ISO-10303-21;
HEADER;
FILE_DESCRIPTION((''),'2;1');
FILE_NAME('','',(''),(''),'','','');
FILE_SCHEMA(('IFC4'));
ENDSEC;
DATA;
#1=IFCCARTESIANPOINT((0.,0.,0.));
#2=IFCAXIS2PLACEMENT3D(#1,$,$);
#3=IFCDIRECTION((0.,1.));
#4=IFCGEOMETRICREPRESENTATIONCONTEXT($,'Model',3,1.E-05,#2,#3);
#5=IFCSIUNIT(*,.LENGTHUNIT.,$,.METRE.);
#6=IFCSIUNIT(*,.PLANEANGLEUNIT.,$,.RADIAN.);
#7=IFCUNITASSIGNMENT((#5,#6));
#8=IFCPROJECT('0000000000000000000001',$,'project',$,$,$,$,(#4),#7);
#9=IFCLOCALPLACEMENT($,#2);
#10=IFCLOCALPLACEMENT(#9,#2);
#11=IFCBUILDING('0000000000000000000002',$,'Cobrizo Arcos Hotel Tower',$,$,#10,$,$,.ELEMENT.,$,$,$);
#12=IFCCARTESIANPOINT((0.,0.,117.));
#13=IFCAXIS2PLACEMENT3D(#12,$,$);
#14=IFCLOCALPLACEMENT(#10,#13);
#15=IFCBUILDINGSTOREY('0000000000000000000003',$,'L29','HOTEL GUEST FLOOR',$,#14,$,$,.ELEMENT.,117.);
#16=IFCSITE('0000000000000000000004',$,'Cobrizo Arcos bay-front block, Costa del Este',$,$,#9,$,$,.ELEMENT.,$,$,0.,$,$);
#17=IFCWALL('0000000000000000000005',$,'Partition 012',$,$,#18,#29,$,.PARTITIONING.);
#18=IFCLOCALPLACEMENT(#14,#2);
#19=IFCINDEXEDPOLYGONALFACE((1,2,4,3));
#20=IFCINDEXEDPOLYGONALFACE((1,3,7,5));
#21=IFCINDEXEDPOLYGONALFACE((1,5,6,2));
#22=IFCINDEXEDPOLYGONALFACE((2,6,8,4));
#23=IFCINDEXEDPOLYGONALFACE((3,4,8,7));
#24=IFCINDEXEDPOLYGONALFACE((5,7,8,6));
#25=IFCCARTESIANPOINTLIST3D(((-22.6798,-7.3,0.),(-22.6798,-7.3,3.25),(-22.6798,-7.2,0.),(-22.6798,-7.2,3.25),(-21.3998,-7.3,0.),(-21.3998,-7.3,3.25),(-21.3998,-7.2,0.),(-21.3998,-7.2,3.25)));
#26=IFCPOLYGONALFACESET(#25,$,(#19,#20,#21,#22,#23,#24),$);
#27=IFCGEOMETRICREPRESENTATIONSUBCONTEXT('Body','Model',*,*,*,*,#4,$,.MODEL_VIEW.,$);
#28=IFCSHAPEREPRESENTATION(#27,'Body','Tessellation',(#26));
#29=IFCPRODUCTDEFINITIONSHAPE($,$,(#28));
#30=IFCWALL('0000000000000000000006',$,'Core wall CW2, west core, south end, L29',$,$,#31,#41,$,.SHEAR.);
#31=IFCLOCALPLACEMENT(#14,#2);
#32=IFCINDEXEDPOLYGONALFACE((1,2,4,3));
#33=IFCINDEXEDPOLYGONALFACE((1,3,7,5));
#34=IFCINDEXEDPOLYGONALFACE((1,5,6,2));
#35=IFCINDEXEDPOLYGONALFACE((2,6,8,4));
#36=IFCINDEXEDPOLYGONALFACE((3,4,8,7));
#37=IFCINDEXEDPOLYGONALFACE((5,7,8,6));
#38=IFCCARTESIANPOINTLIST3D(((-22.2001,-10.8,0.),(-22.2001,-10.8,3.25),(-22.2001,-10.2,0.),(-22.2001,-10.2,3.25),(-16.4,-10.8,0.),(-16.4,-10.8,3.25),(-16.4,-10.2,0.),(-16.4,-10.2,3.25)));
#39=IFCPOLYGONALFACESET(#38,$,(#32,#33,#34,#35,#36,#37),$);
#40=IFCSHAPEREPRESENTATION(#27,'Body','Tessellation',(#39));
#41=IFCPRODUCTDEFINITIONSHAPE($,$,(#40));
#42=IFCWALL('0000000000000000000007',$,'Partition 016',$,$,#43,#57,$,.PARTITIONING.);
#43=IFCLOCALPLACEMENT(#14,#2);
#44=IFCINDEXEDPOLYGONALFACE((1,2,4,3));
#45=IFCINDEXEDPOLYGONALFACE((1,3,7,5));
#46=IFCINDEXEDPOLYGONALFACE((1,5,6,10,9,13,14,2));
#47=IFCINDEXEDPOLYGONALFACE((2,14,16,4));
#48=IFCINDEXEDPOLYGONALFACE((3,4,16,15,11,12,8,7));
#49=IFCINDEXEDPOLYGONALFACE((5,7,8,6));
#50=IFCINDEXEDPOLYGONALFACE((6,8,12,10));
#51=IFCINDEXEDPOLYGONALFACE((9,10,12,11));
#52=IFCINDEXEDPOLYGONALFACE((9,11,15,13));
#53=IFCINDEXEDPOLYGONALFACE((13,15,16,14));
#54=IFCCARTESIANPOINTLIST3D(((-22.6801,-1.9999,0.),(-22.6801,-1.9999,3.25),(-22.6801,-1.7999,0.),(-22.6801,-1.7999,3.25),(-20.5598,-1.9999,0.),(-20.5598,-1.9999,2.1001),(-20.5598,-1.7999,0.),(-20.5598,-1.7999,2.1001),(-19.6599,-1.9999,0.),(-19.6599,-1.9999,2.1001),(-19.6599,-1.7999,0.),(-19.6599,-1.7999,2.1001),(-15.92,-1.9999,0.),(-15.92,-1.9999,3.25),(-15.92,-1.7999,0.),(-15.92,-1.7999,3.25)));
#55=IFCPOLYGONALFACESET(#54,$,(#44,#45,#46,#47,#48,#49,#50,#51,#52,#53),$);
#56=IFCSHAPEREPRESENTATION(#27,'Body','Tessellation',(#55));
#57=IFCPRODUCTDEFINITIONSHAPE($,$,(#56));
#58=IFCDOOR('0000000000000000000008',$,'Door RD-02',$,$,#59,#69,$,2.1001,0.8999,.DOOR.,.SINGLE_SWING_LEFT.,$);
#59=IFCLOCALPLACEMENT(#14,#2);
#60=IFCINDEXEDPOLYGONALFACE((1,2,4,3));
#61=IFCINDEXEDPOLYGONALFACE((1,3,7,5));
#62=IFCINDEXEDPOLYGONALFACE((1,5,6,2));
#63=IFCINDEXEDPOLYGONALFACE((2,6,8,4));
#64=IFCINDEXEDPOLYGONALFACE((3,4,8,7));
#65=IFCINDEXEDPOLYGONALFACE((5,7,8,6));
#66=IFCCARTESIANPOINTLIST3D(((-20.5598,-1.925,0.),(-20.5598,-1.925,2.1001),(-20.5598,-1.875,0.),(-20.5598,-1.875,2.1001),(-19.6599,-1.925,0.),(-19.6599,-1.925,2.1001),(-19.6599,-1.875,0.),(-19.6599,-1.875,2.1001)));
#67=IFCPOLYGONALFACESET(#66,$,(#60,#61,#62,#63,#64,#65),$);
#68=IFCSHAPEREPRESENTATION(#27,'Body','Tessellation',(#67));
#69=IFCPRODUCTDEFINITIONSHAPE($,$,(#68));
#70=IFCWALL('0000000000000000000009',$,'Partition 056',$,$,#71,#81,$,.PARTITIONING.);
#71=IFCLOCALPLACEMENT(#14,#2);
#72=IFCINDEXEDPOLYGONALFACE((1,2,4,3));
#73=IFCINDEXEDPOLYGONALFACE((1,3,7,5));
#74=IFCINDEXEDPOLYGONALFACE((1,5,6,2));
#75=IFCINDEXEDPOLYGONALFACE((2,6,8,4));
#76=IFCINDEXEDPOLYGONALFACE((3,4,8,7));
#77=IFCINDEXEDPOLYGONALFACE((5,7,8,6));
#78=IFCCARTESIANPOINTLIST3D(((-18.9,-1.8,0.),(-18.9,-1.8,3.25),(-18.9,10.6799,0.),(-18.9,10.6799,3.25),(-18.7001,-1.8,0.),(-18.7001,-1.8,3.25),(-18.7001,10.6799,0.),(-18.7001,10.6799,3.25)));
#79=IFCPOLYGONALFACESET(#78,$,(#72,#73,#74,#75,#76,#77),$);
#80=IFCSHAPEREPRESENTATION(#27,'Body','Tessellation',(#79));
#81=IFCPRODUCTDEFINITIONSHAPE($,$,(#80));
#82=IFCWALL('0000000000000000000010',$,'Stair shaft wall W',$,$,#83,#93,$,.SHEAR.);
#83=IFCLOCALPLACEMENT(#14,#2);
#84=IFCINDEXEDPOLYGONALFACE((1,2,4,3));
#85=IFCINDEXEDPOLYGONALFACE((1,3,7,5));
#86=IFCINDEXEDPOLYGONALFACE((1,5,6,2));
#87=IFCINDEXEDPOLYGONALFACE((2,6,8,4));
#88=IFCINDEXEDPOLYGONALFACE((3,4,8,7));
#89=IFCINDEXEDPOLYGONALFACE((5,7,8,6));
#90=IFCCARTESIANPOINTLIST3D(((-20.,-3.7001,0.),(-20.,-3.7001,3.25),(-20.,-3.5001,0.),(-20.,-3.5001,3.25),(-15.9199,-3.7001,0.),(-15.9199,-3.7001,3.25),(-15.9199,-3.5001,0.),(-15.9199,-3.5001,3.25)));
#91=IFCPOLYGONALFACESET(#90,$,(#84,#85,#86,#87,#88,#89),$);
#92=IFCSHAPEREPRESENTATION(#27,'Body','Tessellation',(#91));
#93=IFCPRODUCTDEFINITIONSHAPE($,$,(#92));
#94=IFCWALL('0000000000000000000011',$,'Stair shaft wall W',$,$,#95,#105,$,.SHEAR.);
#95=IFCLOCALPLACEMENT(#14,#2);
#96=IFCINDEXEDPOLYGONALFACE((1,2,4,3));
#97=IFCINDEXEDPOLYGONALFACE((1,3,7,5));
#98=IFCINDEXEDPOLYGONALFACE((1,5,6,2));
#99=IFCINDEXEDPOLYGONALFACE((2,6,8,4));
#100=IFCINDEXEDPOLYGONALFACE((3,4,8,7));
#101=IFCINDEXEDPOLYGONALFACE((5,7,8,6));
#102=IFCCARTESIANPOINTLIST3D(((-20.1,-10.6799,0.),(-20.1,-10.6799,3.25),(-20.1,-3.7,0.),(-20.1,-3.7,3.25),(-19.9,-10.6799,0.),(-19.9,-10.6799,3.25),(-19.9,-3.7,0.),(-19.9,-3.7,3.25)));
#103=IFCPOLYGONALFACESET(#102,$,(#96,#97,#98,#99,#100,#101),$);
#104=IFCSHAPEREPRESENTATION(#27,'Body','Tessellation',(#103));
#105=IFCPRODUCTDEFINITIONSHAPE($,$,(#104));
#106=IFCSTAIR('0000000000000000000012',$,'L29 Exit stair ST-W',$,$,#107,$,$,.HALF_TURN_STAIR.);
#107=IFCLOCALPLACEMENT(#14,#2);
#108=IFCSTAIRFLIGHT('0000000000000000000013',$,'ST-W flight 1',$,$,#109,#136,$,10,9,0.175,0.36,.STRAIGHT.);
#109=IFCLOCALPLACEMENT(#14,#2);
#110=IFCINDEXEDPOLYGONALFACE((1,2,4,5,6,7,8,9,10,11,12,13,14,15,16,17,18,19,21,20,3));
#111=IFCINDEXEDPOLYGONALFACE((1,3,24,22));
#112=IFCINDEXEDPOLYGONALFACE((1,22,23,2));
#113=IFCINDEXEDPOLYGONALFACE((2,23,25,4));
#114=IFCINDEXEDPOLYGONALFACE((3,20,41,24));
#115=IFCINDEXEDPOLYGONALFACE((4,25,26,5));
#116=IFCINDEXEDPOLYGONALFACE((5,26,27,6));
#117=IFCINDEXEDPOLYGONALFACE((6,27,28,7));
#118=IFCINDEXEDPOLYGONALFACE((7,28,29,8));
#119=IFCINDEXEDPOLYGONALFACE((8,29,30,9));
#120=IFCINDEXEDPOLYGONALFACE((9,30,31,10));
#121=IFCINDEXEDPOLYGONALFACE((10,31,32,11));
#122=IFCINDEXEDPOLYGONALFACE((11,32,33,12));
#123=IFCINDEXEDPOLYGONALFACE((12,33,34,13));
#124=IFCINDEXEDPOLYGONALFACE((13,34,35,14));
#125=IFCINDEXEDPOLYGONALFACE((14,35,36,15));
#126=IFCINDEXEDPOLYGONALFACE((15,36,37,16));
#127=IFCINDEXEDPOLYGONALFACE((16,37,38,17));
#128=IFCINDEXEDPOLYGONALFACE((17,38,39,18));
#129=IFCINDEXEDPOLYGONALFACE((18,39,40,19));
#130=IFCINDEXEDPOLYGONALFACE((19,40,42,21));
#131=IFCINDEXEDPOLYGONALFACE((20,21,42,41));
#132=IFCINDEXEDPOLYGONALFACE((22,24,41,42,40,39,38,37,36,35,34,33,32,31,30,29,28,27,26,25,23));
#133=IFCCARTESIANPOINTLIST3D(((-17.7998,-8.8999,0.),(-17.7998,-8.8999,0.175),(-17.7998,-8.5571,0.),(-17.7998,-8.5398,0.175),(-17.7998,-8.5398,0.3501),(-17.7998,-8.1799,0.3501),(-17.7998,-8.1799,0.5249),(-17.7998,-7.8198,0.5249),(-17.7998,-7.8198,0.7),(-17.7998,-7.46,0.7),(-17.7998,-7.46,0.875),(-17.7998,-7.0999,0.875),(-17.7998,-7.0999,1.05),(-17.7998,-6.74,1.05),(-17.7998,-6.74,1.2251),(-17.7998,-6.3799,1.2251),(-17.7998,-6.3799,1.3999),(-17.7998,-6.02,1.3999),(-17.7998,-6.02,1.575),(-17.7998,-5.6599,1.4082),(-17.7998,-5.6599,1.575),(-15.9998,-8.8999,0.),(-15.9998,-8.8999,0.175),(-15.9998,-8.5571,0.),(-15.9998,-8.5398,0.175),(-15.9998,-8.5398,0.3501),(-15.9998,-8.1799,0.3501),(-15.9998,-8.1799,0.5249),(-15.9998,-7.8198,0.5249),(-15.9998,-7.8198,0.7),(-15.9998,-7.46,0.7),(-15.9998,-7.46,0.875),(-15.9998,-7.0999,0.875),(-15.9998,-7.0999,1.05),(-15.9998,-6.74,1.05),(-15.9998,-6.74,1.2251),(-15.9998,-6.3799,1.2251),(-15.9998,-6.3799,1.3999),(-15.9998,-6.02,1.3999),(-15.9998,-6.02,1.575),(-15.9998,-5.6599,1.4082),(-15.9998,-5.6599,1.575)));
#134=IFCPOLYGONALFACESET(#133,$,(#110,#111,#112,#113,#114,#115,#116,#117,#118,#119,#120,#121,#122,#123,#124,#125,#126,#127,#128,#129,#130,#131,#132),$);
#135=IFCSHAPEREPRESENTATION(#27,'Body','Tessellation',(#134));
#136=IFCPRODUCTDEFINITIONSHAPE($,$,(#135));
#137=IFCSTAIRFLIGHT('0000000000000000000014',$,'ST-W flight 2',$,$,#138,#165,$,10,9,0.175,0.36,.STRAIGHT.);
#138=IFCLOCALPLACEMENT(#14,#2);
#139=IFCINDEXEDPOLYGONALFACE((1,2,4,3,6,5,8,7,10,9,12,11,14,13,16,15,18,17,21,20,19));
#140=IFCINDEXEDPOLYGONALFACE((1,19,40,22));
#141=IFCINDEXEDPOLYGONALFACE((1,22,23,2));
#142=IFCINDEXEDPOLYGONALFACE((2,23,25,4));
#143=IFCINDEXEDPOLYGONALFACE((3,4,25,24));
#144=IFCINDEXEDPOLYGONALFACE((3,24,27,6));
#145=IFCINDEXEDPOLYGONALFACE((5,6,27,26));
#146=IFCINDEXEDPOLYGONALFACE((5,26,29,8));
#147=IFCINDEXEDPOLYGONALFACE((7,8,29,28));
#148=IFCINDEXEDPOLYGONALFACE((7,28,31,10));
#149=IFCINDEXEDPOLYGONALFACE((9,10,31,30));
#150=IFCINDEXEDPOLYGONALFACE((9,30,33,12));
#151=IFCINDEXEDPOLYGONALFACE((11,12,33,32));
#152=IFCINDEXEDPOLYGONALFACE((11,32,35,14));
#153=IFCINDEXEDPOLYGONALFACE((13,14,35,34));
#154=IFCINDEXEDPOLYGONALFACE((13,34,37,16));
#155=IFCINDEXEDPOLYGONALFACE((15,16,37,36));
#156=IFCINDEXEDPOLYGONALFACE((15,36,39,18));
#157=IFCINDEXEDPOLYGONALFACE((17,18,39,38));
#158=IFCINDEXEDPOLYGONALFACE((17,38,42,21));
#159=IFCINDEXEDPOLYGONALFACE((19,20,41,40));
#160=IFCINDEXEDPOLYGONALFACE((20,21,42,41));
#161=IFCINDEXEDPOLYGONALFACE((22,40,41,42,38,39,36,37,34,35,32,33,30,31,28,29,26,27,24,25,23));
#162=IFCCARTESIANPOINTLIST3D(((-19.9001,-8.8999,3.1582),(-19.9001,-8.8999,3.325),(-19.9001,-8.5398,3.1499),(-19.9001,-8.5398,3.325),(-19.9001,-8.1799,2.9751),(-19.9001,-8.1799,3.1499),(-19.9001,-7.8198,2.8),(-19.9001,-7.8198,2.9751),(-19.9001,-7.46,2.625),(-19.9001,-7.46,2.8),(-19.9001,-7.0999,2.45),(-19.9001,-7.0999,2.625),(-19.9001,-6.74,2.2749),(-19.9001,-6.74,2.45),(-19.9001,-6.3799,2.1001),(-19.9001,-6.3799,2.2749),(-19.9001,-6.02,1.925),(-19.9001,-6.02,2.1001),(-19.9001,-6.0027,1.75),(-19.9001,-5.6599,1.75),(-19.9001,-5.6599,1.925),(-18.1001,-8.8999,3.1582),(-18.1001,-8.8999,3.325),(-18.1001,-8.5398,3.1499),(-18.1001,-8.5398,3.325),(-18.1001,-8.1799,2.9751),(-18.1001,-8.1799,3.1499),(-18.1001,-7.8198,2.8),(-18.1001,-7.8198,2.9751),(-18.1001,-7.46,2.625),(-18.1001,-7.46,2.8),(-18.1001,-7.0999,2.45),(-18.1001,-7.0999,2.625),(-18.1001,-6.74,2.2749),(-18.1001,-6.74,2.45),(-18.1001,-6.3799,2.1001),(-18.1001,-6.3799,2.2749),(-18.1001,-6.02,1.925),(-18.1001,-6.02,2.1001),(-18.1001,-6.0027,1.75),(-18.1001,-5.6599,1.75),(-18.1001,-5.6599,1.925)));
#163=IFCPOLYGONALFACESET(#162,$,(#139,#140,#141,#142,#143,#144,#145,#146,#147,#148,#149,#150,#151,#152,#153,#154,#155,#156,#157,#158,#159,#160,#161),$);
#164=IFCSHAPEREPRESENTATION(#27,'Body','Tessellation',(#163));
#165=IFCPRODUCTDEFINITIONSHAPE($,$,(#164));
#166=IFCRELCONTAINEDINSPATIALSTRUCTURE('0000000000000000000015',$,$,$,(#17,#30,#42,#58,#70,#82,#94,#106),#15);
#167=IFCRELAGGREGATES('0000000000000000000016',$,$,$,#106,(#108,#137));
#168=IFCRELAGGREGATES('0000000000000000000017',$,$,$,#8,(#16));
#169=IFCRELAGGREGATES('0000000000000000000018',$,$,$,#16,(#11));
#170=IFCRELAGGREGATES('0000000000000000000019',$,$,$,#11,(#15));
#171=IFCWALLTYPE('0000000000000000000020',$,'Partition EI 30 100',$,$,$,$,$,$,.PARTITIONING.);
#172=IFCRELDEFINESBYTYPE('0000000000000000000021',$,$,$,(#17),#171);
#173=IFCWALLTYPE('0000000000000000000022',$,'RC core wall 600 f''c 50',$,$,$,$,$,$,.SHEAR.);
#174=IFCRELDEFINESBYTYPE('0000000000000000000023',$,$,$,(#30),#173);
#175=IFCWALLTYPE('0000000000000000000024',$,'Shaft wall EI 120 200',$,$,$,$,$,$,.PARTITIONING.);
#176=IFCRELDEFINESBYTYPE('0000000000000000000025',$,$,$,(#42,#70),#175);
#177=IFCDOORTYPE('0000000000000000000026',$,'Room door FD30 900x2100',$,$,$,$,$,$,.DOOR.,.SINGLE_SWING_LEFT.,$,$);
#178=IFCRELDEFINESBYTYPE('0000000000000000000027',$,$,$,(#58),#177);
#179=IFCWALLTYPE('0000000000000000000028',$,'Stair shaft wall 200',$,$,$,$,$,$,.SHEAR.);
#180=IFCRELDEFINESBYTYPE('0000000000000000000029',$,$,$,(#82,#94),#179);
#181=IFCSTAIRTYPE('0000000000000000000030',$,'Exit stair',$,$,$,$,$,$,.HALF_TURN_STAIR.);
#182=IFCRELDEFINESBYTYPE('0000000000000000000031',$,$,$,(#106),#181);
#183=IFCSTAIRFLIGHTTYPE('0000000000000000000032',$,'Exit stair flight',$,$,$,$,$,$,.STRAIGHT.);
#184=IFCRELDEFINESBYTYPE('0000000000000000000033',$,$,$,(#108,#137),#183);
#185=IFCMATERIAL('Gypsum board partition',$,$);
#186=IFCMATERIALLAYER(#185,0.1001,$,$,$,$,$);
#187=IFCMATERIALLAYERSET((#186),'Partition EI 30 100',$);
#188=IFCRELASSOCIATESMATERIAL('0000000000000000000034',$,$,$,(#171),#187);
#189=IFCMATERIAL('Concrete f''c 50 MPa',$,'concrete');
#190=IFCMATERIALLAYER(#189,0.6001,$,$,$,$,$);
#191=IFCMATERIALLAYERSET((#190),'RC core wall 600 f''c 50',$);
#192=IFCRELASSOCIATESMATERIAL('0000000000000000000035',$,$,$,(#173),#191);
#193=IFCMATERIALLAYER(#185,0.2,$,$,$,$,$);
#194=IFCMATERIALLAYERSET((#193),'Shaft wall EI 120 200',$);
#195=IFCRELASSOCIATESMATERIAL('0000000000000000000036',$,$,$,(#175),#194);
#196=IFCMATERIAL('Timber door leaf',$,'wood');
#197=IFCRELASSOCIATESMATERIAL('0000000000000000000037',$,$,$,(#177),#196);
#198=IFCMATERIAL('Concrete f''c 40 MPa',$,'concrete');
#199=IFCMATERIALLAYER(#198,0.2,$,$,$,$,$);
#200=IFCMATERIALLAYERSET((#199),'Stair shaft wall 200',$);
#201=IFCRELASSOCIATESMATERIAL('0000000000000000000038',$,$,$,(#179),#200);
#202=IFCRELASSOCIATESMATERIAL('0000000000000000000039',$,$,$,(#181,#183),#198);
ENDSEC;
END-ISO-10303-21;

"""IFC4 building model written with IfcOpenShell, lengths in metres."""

from ifc_helpers import new_model, si_unit, direction, frame, frame_2d, origin, place, context, subcontext, project, spatial, polyline, rectangle, outline, extrude, material, layer, layer_set, type_object, element, fill, aggregate, save


model = new_model("IFC4")

# Units and contexts
model_context = context("Model", 3, precision=1e-05, world=origin(), true_north=direction((0.0, 1.0)))
body_context = subcontext(model_context, "Body", "Model", "MODEL_VIEW")
ifc_project = project(units=[si_unit("LENGTHUNIT", "METRE"), si_unit("PLANEANGLEUNIT", "RADIAN")], contexts=[model_context])

# Site, building, storey
site_placement = place(None, origin())
site = spatial("IfcSite", under=ifc_project, at=site_placement, Name="Cobrizo Arcos bay-front block, Costa del Este", CompositionType="ELEMENT", RefElevation=0.0)
building_placement = place(site_placement, origin())
building = spatial("IfcBuilding", under=site, at=building_placement, Name="Cobrizo Arcos Hotel Tower", CompositionType="ELEMENT")
storey_placement = place(building_placement, frame((0.0, 0.0, 117.0)))
storey = spatial("IfcBuildingStorey", under=building, at=storey_placement, Name="L29", Description="HOTEL GUEST FLOOR", CompositionType="ELEMENT", Elevation=117.0)

# Walls
ifc_material_1 = material(Name="Gypsum board partition")
ifc_layer_1 = layer(ifc_material_1, 0.1001)
ifc_layer_set_1 = layer_set([ifc_layer_1], Name="Partition EI 30 100")
wall_type_1 = type_object("IfcWallType", Name="Partition EI 30 100", PredefinedType="PARTITIONING", material=ifc_layer_set_1)
wall_1_placement = place(storey_placement, frame((-22.6799, -7.25, 0.0), z_axis=(0.0, 0.0, 1.0), x_axis=(1.0, 0.0, 0.0)))
element("IfcWall", 1, at=wall_1_placement, inside=storey, type_object=wall_type_1, Name="Partition 012", PredefinedType="PARTITIONING", context=body_context, shape_type="SweptSolid", body=[
    extrude(rectangle(XDim=1.28, YDim=0.1001, at=frame_2d((0.6401, 0.0))), origin(), (0.0, 0.0, 1.0), 3.25),
])
ifc_material_2 = material(Name="Concrete f'c 50 MPa", Category="concrete")
ifc_layer_2 = layer(ifc_material_2, 0.6001)
ifc_layer_set_2 = layer_set([ifc_layer_2], Name="RC core wall 600 f'c 50")
wall_type_2 = type_object("IfcWallType", Name="RC core wall 600 f'c 50", PredefinedType="SHEAR", material=ifc_layer_set_2)
wall_2_placement = place(storey_placement, frame((-22.2, -10.5, 0.0), z_axis=(0.0, 0.0, 1.0), x_axis=(1.0, 0.0, 0.0)))
element("IfcWall", 2, at=wall_2_placement, inside=storey, type_object=wall_type_2, Name="Core wall CW2, west core, south end, L29", PredefinedType="SHEAR", context=body_context, shape_type="SweptSolid", body=[
    extrude(rectangle(XDim=5.8, YDim=0.6001, at=frame_2d((2.8999, 0.0))), origin(), (0.0, 0.0, 1.0), 3.25),
])

# Wall, opening, door
ifc_layer_3 = layer(ifc_material_1, 0.2)
ifc_layer_set_3 = layer_set([ifc_layer_3], Name="Shaft wall EI 120 200")
wall_type_3 = type_object("IfcWallType", Name="Shaft wall EI 120 200", PredefinedType="PARTITIONING", material=ifc_layer_set_3)
wall_3_placement = place(storey_placement, frame((-22.6799, -1.8999, 0.0), z_axis=(0.0, 0.0, 1.0), x_axis=(1.0, 0.0, 0.0)))
wall_3 = element("IfcWall", 3, at=wall_3_placement, inside=storey, type_object=wall_type_3, Name="Partition 016", PredefinedType="PARTITIONING", context=body_context, shape_type="SweptSolid", body=[
    extrude(rectangle(XDim=6.76, YDim=0.2, at=frame_2d((3.3799, 0.0))), origin(), (0.0, 0.0, 1.0), 3.25),
])
opening_placement = place(wall_3_placement, frame((2.1201, 0.0, 0.0)))
opening = element("IfcOpeningElement", 4, at=opening_placement, cuts=wall_3, PredefinedType="OPENING", context=body_context, shape_type="SweptSolid", body=[
    extrude(rectangle(XDim=0.8999, YDim=2.1001, at=frame_2d((0.45, 1.05))), frame((0.0, 0.1121, 0.0), z_axis=(0.0, -1.0, 0.0), x_axis=(1.0, 0.0, 0.0)), (0.0, 0.0, 1.0), 0.2239),
])
ifc_material_3 = material(Name="Timber door leaf", Category="wood")
door_type = type_object("IfcDoorType", Name="Room door FD30 900x2100", OperationType="SINGLE_SWING_LEFT", PredefinedType="DOOR", material=ifc_material_3)
door_placement = place(opening_placement, origin())
door = element("IfcDoor", 5, at=door_placement, inside=storey, type_object=door_type, Name="Door RD-02", OperationType="SINGLE_SWING_LEFT", OverallHeight=2.1001, OverallWidth=0.8999, PredefinedType="DOOR", context=body_context, shape_type="SweptSolid", body=[
    extrude(rectangle(XDim=0.8999, YDim=2.1001, at=frame_2d((0.45, 1.05))), frame((0.0, 0.0249, 0.0), z_axis=(0.0, -1.0, 0.0), x_axis=(1.0, 0.0, 0.0)), (0.0, 0.0, 1.0), 0.05),
])
fill(opening, door)

# Walls
wall_4_placement = place(storey_placement, frame((-18.8, -1.8, 0.0), z_axis=(0.0, 0.0, 1.0), x_axis=(0.0, 1.0, 0.0)))
element("IfcWall", 6, at=wall_4_placement, inside=storey, type_object=wall_type_3, Name="Partition 056", PredefinedType="PARTITIONING", context=body_context, shape_type="SweptSolid", body=[
    extrude(rectangle(XDim=12.48, YDim=0.2, at=frame_2d((6.24, 0.0))), origin(), (0.0, 0.0, 1.0), 3.25),
])
ifc_material_4 = material(Name="Concrete f'c 40 MPa", Category="concrete")
ifc_layer_4 = layer(ifc_material_4, 0.2)
ifc_layer_set_4 = layer_set([ifc_layer_4], Name="Stair shaft wall 200")
wall_type_4 = type_object("IfcWallType", Name="Stair shaft wall 200", PredefinedType="SHEAR", material=ifc_layer_set_4)
wall_5_placement = place(storey_placement, frame((-20.0, -3.6001, 0.0), z_axis=(0.0, 0.0, 1.0), x_axis=(1.0, 0.0, 0.0)))
element("IfcWall", 7, at=wall_5_placement, inside=storey, type_object=wall_type_4, Name="Stair shaft wall W", PredefinedType="SHEAR", context=body_context, shape_type="SweptSolid", body=[
    extrude(rectangle(XDim=4.0801, YDim=0.2, at=frame_2d((2.04, 0.0))), origin(), (0.0, 0.0, 1.0), 3.25),
])
wall_6_placement = place(storey_placement, frame((-20.0, -10.6799, 0.0), z_axis=(0.0, 0.0, 1.0), x_axis=(0.0, 1.0, 0.0)))
element("IfcWall", 8, at=wall_6_placement, inside=storey, type_object=wall_type_4, Name="Stair shaft wall W", PredefinedType="SHEAR", context=body_context, shape_type="SweptSolid", body=[
    extrude(rectangle(XDim=6.98, YDim=0.2, at=frame_2d((3.49, 0.0))), origin(), (0.0, 0.0, 1.0), 3.25),
])

# Stair, stair flights
stair_type = type_object("IfcStairType", Name="Exit stair", PredefinedType="HALF_TURN_STAIR", material=ifc_material_4)
stair_placement = place(storey_placement, origin())
stair = element("IfcStair", 9, at=stair_placement, inside=storey, type_object=stair_type, Name="L29 Exit stair ST-W", PredefinedType="HALF_TURN_STAIR")
stair_flight_type = type_object("IfcStairFlightType", Name="Exit stair flight", PredefinedType="STRAIGHT", material=ifc_material_4)
stair_flight_1_placement = place(storey_placement, frame((-16.8999, -8.8999, 0.0), z_axis=(0.0, 0.0, 1.0), x_axis=(0.0, 1.0, 0.0)))
stair_flight_1 = element("IfcStairFlight", 10, at=stair_flight_1_placement, type_object=stair_flight_type, Name="ST-W flight 1", NumberOfRisers=10, NumberOfTreads=9, PredefinedType="STRAIGHT", RiserHeight=0.175, TreadLength=0.36, context=body_context, shape_type="SweptSolid", body=[
    extrude(outline(polyline([(0.0, 0.0), (0.0, 0.175), (0.3601, 0.175), (0.3601, 0.3501), (0.72, 0.3501), (0.72, 0.5249), (1.0801, 0.5249), (1.0801, 0.7), (1.4399, 0.7), (1.4399, 0.875), (1.8, 0.875), (1.8, 1.05), (2.1599, 1.05), (2.1599, 1.2251), (2.52, 1.2251), (2.52, 1.3999), (2.8799, 1.3999), (2.8799, 1.575), (3.24, 1.575), (3.24, 1.75), (3.24, 1.4082), (0.3428, 0.0), (0.0, 0.0)])), frame((0.0, 0.8999, 0.0), z_axis=(0.0, -1.0, 0.0), x_axis=(1.0, 0.0, 0.0)), (0.0, 0.0, 1.0), 1.8),
])
stair_flight_2_placement = place(storey_placement, frame((-19.0, -5.6599, 1.75), z_axis=(0.0, 0.0, 1.0), x_axis=(0.0, -1.0, 0.0)))
stair_flight_2 = element("IfcStairFlight", 11, at=stair_flight_2_placement, type_object=stair_flight_type, Name="ST-W flight 2", NumberOfRisers=10, NumberOfTreads=9, PredefinedType="STRAIGHT", RiserHeight=0.175, TreadLength=0.36, context=body_context, shape_type="SweptSolid", body=[
    extrude(outline(polyline([(0.0, 0.0), (0.0, 0.175), (0.3601, 0.175), (0.3601, 0.3501), (0.72, 0.3501), (0.72, 0.5249), (1.0801, 0.5249), (1.0801, 0.7), (1.4399, 0.7), (1.4399, 0.875), (1.8, 0.875), (1.8, 1.05), (2.1599, 1.05), (2.1599, 1.2251), (2.52, 1.2251), (2.52, 1.3999), (2.8799, 1.3999), (2.8799, 1.575), (3.24, 1.575), (3.24, 1.75), (3.24, 1.4082), (0.3428, 0.0), (0.0, 0.0)])), frame((0.0, 0.8999, 0.0), z_axis=(0.0, -1.0, 0.0), x_axis=(1.0, 0.0, 0.0)), (0.0, 0.0, 1.0), 1.8),
])
aggregate(stair, [stair_flight_1, stair_flight_2])

save(model, "model.ifc")
